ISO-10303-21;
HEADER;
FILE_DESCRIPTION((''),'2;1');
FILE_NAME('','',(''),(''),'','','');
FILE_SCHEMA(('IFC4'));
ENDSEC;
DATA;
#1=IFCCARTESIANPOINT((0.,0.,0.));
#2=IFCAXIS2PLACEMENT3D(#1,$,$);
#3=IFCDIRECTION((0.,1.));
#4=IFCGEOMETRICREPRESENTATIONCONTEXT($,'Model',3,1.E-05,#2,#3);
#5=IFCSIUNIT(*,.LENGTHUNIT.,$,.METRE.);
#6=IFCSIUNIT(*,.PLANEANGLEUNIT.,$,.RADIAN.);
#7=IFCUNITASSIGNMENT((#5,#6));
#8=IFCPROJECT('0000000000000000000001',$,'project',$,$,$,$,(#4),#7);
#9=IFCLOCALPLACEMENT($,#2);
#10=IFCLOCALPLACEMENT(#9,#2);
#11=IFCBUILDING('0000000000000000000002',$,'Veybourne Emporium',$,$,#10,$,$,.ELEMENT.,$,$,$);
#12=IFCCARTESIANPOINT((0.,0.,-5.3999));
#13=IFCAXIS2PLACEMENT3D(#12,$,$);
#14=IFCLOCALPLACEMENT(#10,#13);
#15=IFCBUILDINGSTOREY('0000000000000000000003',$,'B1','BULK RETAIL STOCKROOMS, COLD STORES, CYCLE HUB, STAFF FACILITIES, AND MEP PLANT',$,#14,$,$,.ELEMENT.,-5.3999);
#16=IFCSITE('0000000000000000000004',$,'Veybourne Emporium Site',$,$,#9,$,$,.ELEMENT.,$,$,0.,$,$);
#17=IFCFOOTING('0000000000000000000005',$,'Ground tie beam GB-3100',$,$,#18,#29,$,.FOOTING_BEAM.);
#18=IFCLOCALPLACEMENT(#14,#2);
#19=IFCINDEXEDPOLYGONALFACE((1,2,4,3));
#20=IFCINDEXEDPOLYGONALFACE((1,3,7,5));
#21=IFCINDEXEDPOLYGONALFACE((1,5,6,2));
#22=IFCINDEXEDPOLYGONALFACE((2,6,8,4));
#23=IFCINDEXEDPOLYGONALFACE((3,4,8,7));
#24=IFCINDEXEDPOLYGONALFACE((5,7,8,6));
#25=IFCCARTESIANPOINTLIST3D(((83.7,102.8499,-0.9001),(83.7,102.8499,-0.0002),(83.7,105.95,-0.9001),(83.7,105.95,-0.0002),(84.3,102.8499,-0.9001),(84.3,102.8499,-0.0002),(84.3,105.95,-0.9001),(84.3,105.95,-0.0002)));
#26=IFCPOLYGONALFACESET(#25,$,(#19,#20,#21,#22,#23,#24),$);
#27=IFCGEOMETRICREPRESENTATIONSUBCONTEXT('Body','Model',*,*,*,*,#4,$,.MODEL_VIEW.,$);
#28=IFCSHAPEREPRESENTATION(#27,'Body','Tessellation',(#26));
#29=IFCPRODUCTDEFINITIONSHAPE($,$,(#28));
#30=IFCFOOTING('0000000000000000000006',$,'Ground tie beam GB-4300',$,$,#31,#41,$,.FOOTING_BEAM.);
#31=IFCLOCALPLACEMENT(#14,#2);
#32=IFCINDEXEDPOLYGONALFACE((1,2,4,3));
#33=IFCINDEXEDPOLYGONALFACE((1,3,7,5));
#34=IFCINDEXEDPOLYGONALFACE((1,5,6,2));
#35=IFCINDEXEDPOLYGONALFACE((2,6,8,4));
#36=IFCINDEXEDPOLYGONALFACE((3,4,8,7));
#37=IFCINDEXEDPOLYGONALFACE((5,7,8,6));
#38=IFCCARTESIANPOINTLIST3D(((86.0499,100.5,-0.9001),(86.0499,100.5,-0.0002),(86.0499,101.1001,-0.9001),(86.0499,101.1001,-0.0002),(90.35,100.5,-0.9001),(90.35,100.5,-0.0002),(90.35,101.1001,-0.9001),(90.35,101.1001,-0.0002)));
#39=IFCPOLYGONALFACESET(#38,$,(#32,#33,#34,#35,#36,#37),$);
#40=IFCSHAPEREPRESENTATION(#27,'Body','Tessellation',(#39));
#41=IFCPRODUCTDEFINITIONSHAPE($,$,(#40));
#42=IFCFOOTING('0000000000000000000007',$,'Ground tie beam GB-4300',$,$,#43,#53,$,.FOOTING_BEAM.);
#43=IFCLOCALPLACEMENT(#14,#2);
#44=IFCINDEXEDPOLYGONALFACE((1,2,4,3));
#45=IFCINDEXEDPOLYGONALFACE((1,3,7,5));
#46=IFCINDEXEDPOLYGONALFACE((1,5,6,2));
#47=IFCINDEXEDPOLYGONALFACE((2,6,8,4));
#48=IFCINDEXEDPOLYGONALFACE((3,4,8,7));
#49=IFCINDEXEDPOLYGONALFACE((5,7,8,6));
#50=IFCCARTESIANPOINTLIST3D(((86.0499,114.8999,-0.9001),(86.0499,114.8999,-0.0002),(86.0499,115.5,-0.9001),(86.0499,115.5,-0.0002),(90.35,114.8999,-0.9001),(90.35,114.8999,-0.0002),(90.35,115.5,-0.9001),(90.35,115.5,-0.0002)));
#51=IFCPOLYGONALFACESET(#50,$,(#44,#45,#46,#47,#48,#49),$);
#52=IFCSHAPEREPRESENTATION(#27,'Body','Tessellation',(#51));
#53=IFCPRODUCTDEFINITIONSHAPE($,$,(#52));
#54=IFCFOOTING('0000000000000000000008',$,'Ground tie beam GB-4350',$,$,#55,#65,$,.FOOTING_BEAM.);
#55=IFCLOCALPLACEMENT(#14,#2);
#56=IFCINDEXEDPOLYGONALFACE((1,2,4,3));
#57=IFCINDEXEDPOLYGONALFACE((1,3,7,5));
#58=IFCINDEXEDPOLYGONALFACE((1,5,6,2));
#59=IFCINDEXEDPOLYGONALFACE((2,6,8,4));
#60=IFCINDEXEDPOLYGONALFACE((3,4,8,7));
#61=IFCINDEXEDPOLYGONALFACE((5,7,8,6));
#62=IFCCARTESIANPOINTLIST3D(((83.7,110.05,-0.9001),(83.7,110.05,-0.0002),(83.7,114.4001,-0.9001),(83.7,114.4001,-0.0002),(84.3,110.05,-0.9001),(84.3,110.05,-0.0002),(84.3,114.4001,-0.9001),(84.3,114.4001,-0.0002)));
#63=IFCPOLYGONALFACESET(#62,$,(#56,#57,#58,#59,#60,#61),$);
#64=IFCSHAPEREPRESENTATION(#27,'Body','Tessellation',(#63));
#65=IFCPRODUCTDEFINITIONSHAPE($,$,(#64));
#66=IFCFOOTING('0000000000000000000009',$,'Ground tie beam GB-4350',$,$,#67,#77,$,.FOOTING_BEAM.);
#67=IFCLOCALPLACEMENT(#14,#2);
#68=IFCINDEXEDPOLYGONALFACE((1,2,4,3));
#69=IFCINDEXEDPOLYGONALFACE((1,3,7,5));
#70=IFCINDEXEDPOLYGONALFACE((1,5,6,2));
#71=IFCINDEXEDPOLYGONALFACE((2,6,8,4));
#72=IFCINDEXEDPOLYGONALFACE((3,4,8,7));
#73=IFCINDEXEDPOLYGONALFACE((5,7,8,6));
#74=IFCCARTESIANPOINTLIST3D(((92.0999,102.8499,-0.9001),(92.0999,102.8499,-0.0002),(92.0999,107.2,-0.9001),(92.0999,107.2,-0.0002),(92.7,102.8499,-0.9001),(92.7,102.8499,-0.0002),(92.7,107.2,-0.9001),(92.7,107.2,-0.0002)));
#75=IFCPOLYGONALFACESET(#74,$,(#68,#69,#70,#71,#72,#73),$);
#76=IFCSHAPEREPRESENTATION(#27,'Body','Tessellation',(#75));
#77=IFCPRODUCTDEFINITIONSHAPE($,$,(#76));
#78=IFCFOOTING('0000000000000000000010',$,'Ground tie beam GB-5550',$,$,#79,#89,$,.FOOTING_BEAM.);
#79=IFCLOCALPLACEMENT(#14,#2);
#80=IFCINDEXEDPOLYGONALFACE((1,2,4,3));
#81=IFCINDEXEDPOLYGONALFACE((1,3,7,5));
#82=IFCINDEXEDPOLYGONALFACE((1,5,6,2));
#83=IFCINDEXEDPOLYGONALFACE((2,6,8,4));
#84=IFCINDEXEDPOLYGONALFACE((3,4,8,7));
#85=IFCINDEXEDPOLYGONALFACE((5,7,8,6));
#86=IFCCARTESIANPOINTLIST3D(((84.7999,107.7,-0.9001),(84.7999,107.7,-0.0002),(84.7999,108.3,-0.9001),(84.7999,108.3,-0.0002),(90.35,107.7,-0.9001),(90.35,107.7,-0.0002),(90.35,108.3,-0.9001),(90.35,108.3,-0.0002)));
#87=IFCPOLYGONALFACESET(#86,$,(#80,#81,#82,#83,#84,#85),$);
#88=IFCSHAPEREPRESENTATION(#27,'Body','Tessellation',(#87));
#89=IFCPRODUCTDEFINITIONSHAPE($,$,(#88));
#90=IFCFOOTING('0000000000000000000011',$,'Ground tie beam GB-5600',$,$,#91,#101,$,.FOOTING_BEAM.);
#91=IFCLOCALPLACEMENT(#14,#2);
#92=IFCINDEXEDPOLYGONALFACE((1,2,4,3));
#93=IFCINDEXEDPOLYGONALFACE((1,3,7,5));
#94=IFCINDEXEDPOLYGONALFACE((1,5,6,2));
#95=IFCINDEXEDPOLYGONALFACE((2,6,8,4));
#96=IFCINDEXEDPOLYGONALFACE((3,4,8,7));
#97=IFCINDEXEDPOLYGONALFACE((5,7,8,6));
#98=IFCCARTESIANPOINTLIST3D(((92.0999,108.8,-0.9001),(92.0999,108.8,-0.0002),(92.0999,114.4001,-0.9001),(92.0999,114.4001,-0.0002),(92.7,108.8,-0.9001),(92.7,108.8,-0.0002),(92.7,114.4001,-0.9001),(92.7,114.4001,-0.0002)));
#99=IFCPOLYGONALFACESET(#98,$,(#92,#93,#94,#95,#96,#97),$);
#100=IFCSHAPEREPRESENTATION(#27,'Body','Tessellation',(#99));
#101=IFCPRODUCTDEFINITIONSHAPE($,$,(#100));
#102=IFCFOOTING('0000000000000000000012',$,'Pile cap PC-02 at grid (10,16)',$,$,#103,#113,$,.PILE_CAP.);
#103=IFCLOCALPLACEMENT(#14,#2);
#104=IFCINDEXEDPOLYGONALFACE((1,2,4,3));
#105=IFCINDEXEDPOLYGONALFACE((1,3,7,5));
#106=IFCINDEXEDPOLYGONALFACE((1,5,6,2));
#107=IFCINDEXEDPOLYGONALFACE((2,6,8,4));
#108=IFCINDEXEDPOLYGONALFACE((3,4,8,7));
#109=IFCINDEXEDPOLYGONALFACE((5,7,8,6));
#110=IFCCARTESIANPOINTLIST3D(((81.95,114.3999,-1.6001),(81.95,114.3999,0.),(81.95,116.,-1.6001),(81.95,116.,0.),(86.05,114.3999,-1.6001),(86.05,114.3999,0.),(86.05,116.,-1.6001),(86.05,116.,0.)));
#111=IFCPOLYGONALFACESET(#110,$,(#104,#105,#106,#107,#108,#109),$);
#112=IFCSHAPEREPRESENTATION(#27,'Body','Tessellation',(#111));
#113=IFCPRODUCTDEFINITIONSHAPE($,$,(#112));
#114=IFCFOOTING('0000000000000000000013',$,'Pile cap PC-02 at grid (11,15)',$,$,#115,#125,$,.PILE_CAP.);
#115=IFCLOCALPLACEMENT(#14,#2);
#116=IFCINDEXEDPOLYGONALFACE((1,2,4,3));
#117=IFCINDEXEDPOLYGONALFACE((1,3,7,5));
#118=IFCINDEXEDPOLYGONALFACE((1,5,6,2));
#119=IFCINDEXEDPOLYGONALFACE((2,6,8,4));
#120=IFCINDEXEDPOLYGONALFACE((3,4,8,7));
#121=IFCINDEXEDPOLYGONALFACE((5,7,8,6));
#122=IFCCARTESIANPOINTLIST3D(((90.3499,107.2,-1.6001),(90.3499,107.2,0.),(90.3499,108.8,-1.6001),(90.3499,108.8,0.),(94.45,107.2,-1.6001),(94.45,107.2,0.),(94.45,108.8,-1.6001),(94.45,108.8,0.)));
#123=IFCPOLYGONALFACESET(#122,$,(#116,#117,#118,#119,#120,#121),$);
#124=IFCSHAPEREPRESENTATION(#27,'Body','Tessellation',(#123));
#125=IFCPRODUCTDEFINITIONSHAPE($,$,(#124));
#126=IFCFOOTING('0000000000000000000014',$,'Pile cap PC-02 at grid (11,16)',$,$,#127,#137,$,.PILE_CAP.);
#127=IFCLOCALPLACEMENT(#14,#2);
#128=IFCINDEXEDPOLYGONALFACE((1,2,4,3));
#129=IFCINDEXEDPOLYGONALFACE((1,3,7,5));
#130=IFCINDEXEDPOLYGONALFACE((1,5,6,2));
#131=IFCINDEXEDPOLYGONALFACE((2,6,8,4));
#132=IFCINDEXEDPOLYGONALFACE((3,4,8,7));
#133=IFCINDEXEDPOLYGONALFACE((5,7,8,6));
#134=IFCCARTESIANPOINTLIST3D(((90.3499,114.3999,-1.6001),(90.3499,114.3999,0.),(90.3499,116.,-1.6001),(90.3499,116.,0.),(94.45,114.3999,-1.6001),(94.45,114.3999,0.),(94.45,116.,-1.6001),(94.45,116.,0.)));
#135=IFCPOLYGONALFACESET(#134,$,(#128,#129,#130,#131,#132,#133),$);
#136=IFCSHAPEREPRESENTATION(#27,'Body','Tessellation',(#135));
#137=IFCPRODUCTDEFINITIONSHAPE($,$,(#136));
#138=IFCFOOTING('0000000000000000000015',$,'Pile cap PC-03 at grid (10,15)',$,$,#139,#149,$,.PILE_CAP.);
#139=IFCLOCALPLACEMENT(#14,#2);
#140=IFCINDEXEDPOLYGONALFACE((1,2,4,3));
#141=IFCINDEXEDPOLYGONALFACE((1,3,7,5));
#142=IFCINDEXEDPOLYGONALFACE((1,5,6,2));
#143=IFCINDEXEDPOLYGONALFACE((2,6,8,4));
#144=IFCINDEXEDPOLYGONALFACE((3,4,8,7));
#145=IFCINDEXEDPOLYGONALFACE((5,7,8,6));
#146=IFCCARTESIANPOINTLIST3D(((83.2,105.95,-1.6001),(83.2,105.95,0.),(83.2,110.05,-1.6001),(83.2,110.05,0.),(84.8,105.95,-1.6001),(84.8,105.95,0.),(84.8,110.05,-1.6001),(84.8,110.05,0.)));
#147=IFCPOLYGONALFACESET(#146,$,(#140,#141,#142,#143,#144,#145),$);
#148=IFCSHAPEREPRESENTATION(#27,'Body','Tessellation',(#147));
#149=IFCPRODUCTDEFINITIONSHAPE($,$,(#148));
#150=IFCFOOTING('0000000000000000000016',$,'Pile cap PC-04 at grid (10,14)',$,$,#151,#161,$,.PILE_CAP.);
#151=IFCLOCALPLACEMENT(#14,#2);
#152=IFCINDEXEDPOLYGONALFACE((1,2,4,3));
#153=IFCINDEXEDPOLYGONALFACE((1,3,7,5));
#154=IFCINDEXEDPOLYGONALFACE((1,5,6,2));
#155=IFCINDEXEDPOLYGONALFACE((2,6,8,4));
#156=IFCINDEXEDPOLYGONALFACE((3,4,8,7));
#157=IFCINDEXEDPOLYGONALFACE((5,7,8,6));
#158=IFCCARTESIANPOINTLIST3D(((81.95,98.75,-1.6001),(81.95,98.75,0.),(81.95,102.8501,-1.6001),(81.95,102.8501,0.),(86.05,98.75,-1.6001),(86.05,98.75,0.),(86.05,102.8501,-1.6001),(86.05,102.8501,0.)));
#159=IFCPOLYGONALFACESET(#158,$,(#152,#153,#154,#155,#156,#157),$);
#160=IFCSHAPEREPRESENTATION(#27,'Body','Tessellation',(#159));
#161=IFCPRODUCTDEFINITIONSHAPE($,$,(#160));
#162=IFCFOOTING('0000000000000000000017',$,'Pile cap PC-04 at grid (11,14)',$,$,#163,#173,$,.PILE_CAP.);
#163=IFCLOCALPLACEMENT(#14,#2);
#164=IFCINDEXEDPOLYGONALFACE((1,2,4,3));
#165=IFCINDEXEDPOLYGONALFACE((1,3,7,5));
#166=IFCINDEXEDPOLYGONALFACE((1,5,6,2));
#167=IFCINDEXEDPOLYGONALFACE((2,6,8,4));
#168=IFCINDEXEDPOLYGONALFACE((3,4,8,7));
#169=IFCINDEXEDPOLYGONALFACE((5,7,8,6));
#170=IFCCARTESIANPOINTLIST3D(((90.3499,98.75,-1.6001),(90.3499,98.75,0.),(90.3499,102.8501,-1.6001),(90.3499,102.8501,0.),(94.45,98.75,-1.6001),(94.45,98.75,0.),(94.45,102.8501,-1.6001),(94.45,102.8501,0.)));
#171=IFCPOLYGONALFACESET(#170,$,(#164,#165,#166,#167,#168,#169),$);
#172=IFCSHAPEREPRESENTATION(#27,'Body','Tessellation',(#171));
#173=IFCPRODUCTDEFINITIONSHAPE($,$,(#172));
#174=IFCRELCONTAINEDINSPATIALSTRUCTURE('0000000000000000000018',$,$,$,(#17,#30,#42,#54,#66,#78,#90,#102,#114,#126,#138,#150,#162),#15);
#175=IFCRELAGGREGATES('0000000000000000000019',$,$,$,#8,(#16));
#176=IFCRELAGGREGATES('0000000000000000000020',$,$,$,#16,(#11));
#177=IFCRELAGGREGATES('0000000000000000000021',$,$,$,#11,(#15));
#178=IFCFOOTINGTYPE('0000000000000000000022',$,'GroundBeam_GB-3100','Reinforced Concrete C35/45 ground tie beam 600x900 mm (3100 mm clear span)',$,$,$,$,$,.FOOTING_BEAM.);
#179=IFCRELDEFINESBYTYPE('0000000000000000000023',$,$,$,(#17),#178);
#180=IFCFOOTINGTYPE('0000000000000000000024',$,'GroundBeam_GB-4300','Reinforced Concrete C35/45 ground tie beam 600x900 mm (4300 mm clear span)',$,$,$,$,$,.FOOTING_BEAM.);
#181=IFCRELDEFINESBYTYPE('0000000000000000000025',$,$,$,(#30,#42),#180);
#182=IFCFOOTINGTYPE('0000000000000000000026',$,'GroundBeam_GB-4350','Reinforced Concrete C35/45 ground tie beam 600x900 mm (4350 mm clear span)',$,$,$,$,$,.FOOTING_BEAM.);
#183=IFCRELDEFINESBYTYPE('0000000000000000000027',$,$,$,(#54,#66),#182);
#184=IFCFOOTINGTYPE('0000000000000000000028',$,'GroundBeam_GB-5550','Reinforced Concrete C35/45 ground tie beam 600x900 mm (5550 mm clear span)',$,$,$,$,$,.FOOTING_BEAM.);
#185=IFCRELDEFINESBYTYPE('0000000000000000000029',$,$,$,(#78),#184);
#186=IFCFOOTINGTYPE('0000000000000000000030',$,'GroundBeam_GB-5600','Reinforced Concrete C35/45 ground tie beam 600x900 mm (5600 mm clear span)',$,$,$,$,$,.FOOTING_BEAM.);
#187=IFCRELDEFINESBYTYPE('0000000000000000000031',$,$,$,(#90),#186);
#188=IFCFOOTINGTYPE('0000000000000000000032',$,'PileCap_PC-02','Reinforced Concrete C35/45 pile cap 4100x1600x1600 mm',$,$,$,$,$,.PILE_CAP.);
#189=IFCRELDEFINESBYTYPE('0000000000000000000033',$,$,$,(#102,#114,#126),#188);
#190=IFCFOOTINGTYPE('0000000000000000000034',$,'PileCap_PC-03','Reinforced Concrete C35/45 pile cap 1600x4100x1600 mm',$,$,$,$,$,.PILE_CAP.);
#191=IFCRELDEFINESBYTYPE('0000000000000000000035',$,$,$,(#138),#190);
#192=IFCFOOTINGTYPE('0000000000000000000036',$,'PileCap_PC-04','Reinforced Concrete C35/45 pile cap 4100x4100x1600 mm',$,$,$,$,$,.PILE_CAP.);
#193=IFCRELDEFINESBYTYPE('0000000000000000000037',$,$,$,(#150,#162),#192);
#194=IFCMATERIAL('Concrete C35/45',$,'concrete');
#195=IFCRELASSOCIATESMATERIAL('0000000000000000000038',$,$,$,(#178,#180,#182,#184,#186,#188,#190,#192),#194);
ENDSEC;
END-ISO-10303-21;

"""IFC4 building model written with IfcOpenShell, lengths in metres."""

from ifc_helpers import new_model, si_unit, direction, frame, origin, origin_2d, place, context, subcontext, project, spatial, rectangle, extrude, material, type_object, element, save


model = new_model("IFC4")

# Units and contexts
model_context = context("Model", 3, precision=1e-05, world=origin(), true_north=direction((0.0, 1.0)))
body_context = subcontext(model_context, "Body", "Model", "MODEL_VIEW")
ifc_project = project(units=[si_unit("LENGTHUNIT", "METRE"), si_unit("PLANEANGLEUNIT", "RADIAN")], contexts=[model_context])

# Site, building, storey
site_placement = place(None, origin())
site = spatial("IfcSite", under=ifc_project, at=site_placement, Name="Veybourne Emporium Site", CompositionType="ELEMENT", RefElevation=0.0)
building_placement = place(site_placement, origin())
building = spatial("IfcBuilding", under=site, at=building_placement, Name="Veybourne Emporium", CompositionType="ELEMENT")
storey_placement = place(building_placement, frame((0.0, 0.0, -5.3999)))
storey = spatial("IfcBuildingStorey", under=building, at=storey_placement, Name="B1", Description="BULK RETAIL STOCKROOMS, COLD STORES, CYCLE HUB, STAFF FACILITIES, AND MEP PLANT", CompositionType="ELEMENT", Elevation=-5.3999)

# Footings
ifc_material_1 = material(Name="Concrete C35/45", Category="concrete")
footing_type_1 = type_object("IfcFootingType", Name="GroundBeam_GB-3100", Description="Reinforced Concrete C35/45 ground tie beam 600x900 mm (3100 mm clear span)", PredefinedType="FOOTING_BEAM", material=ifc_material_1)
footing_1_placement = place(storey_placement, frame((84.0, 104.3999, -0.9001), z_axis=(0.0, 0.0, 1.0), x_axis=(0.0, 1.0, 0.0)))
element("IfcFooting", 1, at=footing_1_placement, inside=storey, type_object=footing_type_1, Name="Ground tie beam GB-3100", PredefinedType="FOOTING_BEAM", context=body_context, shape_type="SweptSolid", body=[
    extrude(rectangle(XDim=3.1001, YDim=0.6001, at=origin_2d()), origin(), (0.0, 0.0, 1.0), 0.8999),
])
footing_type_2 = type_object("IfcFootingType", Name="GroundBeam_GB-4300", Description="Reinforced Concrete C35/45 ground tie beam 600x900 mm (4300 mm clear span)", PredefinedType="FOOTING_BEAM", material=ifc_material_1)
for number, where, z_axis, x_axis, name in (
    (2, (88.2, 100.8, -0.9001), (0.0, 0.0, 1.0), (1.0, 0.0, 0.0), "Ground tie beam GB-4300"),
    (3, (88.2, 115.2, -0.9001), (0.0, 0.0, 1.0), (1.0, 0.0, 0.0), "Ground tie beam GB-4300"),
):
    element("IfcFooting", number, at=place(storey_placement, frame(where, z_axis=z_axis, x_axis=x_axis)), inside=storey, type_object=footing_type_2, Name=name, PredefinedType="FOOTING_BEAM", context=body_context, shape_type="SweptSolid", body=[
        extrude(rectangle(XDim=4.3, YDim=0.6001, at=origin_2d()), origin(), (0.0, 0.0, 1.0), 0.8999),
    ])
footing_type_3 = type_object("IfcFootingType", Name="GroundBeam_GB-4350", Description="Reinforced Concrete C35/45 ground tie beam 600x900 mm (4350 mm clear span)", PredefinedType="FOOTING_BEAM", material=ifc_material_1)
for number, where, z_axis, x_axis, name in (
    (4, (84.0, 112.2251, -0.9001), (0.0, 0.0, 1.0), (0.0, 1.0, 0.0), "Ground tie beam GB-4350"),
    (5, (92.3999, 105.0249, -0.9001), (0.0, 0.0, 1.0), (0.0, 1.0, 0.0), "Ground tie beam GB-4350"),
):
    element("IfcFooting", number, at=place(storey_placement, frame(where, z_axis=z_axis, x_axis=x_axis)), inside=storey, type_object=footing_type_3, Name=name, PredefinedType="FOOTING_BEAM", context=body_context, shape_type="SweptSolid", body=[
        extrude(rectangle(XDim=4.3501, YDim=0.6001, at=origin_2d()), origin(), (0.0, 0.0, 1.0), 0.8999),
    ])
footing_type_4 = type_object("IfcFootingType", Name="GroundBeam_GB-5550", Description="Reinforced Concrete C35/45 ground tie beam 600x900 mm (5550 mm clear span)", PredefinedType="FOOTING_BEAM", material=ifc_material_1)
footing_2_placement = place(storey_placement, frame((87.575, 108.0, -0.9001), z_axis=(0.0, 0.0, 1.0), x_axis=(1.0, 0.0, 0.0)))
element("IfcFooting", 6, at=footing_2_placement, inside=storey, type_object=footing_type_4, Name="Ground tie beam GB-5550", PredefinedType="FOOTING_BEAM", context=body_context, shape_type="SweptSolid", body=[
    extrude(rectangle(XDim=5.55, YDim=0.6001, at=origin_2d()), origin(), (0.0, 0.0, 1.0), 0.8999),
])
footing_type_5 = type_object("IfcFootingType", Name="GroundBeam_GB-5600", Description="Reinforced Concrete C35/45 ground tie beam 600x900 mm (5600 mm clear span)", PredefinedType="FOOTING_BEAM", material=ifc_material_1)
footing_3_placement = place(storey_placement, frame((92.3999, 111.6001, -0.9001), z_axis=(0.0, 0.0, 1.0), x_axis=(0.0, 1.0, 0.0)))
element("IfcFooting", 7, at=footing_3_placement, inside=storey, type_object=footing_type_5, Name="Ground tie beam GB-5600", PredefinedType="FOOTING_BEAM", context=body_context, shape_type="SweptSolid", body=[
    extrude(rectangle(XDim=5.6001, YDim=0.6001, at=origin_2d()), origin(), (0.0, 0.0, 1.0), 0.8999),
])
footing_type_6 = type_object("IfcFootingType", Name="PileCap_PC-02", Description="Reinforced Concrete C35/45 pile cap 4100x1600x1600 mm", PredefinedType="PILE_CAP", material=ifc_material_1)
for number, where, z_axis, x_axis, name in (
    (8, (84.0, 115.2, -1.6001), (0.0, 0.0, 1.0), (1.0, 0.0, 0.0), "Pile cap PC-02 at grid (10,16)"),
    (9, (92.3999, 108.0, -1.6001), (0.0, 0.0, 1.0), (1.0, 0.0, 0.0), "Pile cap PC-02 at grid (11,15)"),
    (10, (92.3999, 115.2, -1.6001), (0.0, 0.0, 1.0), (1.0, 0.0, 0.0), "Pile cap PC-02 at grid (11,16)"),
):
    element("IfcFooting", number, at=place(storey_placement, frame(where, z_axis=z_axis, x_axis=x_axis)), inside=storey, type_object=footing_type_6, Name=name, PredefinedType="PILE_CAP", context=body_context, shape_type="SweptSolid", body=[
        extrude(rectangle(XDim=4.1001, YDim=1.6001, at=origin_2d()), origin(), (0.0, 0.0, 1.0), 1.6001),
    ])
footing_type_7 = type_object("IfcFootingType", Name="PileCap_PC-03", Description="Reinforced Concrete C35/45 pile cap 1600x4100x1600 mm", PredefinedType="PILE_CAP", material=ifc_material_1)
footing_4_placement = place(storey_placement, frame((84.0, 108.0, -1.6001), z_axis=(0.0, 0.0, 1.0), x_axis=(1.0, 0.0, 0.0)))
element("IfcFooting", 11, at=footing_4_placement, inside=storey, type_object=footing_type_7, Name="Pile cap PC-03 at grid (10,15)", PredefinedType="PILE_CAP", context=body_context, shape_type="SweptSolid", body=[
    extrude(rectangle(XDim=1.6001, YDim=4.1001, at=origin_2d()), origin(), (0.0, 0.0, 1.0), 1.6001),
])
footing_type_8 = type_object("IfcFootingType", Name="PileCap_PC-04", Description="Reinforced Concrete C35/45 pile cap 4100x4100x1600 mm", PredefinedType="PILE_CAP", material=ifc_material_1)
for number, where, z_axis, x_axis, name in (
    (12, (84.0, 100.8, -1.6001), (0.0, 0.0, 1.0), (1.0, 0.0, 0.0), "Pile cap PC-04 at grid (10,14)"),
    (13, (92.3999, 100.8, -1.6001), (0.0, 0.0, 1.0), (1.0, 0.0, 0.0), "Pile cap PC-04 at grid (11,14)"),
):
    element("IfcFooting", number, at=place(storey_placement, frame(where, z_axis=z_axis, x_axis=x_axis)), inside=storey, type_object=footing_type_8, Name=name, PredefinedType="PILE_CAP", context=body_context, shape_type="SweptSolid", body=[
        extrude(rectangle(XDim=4.1001, YDim=4.1001, at=origin_2d()), origin(), (0.0, 0.0, 1.0), 1.6001),
    ])

save(model, "model.ifc")
